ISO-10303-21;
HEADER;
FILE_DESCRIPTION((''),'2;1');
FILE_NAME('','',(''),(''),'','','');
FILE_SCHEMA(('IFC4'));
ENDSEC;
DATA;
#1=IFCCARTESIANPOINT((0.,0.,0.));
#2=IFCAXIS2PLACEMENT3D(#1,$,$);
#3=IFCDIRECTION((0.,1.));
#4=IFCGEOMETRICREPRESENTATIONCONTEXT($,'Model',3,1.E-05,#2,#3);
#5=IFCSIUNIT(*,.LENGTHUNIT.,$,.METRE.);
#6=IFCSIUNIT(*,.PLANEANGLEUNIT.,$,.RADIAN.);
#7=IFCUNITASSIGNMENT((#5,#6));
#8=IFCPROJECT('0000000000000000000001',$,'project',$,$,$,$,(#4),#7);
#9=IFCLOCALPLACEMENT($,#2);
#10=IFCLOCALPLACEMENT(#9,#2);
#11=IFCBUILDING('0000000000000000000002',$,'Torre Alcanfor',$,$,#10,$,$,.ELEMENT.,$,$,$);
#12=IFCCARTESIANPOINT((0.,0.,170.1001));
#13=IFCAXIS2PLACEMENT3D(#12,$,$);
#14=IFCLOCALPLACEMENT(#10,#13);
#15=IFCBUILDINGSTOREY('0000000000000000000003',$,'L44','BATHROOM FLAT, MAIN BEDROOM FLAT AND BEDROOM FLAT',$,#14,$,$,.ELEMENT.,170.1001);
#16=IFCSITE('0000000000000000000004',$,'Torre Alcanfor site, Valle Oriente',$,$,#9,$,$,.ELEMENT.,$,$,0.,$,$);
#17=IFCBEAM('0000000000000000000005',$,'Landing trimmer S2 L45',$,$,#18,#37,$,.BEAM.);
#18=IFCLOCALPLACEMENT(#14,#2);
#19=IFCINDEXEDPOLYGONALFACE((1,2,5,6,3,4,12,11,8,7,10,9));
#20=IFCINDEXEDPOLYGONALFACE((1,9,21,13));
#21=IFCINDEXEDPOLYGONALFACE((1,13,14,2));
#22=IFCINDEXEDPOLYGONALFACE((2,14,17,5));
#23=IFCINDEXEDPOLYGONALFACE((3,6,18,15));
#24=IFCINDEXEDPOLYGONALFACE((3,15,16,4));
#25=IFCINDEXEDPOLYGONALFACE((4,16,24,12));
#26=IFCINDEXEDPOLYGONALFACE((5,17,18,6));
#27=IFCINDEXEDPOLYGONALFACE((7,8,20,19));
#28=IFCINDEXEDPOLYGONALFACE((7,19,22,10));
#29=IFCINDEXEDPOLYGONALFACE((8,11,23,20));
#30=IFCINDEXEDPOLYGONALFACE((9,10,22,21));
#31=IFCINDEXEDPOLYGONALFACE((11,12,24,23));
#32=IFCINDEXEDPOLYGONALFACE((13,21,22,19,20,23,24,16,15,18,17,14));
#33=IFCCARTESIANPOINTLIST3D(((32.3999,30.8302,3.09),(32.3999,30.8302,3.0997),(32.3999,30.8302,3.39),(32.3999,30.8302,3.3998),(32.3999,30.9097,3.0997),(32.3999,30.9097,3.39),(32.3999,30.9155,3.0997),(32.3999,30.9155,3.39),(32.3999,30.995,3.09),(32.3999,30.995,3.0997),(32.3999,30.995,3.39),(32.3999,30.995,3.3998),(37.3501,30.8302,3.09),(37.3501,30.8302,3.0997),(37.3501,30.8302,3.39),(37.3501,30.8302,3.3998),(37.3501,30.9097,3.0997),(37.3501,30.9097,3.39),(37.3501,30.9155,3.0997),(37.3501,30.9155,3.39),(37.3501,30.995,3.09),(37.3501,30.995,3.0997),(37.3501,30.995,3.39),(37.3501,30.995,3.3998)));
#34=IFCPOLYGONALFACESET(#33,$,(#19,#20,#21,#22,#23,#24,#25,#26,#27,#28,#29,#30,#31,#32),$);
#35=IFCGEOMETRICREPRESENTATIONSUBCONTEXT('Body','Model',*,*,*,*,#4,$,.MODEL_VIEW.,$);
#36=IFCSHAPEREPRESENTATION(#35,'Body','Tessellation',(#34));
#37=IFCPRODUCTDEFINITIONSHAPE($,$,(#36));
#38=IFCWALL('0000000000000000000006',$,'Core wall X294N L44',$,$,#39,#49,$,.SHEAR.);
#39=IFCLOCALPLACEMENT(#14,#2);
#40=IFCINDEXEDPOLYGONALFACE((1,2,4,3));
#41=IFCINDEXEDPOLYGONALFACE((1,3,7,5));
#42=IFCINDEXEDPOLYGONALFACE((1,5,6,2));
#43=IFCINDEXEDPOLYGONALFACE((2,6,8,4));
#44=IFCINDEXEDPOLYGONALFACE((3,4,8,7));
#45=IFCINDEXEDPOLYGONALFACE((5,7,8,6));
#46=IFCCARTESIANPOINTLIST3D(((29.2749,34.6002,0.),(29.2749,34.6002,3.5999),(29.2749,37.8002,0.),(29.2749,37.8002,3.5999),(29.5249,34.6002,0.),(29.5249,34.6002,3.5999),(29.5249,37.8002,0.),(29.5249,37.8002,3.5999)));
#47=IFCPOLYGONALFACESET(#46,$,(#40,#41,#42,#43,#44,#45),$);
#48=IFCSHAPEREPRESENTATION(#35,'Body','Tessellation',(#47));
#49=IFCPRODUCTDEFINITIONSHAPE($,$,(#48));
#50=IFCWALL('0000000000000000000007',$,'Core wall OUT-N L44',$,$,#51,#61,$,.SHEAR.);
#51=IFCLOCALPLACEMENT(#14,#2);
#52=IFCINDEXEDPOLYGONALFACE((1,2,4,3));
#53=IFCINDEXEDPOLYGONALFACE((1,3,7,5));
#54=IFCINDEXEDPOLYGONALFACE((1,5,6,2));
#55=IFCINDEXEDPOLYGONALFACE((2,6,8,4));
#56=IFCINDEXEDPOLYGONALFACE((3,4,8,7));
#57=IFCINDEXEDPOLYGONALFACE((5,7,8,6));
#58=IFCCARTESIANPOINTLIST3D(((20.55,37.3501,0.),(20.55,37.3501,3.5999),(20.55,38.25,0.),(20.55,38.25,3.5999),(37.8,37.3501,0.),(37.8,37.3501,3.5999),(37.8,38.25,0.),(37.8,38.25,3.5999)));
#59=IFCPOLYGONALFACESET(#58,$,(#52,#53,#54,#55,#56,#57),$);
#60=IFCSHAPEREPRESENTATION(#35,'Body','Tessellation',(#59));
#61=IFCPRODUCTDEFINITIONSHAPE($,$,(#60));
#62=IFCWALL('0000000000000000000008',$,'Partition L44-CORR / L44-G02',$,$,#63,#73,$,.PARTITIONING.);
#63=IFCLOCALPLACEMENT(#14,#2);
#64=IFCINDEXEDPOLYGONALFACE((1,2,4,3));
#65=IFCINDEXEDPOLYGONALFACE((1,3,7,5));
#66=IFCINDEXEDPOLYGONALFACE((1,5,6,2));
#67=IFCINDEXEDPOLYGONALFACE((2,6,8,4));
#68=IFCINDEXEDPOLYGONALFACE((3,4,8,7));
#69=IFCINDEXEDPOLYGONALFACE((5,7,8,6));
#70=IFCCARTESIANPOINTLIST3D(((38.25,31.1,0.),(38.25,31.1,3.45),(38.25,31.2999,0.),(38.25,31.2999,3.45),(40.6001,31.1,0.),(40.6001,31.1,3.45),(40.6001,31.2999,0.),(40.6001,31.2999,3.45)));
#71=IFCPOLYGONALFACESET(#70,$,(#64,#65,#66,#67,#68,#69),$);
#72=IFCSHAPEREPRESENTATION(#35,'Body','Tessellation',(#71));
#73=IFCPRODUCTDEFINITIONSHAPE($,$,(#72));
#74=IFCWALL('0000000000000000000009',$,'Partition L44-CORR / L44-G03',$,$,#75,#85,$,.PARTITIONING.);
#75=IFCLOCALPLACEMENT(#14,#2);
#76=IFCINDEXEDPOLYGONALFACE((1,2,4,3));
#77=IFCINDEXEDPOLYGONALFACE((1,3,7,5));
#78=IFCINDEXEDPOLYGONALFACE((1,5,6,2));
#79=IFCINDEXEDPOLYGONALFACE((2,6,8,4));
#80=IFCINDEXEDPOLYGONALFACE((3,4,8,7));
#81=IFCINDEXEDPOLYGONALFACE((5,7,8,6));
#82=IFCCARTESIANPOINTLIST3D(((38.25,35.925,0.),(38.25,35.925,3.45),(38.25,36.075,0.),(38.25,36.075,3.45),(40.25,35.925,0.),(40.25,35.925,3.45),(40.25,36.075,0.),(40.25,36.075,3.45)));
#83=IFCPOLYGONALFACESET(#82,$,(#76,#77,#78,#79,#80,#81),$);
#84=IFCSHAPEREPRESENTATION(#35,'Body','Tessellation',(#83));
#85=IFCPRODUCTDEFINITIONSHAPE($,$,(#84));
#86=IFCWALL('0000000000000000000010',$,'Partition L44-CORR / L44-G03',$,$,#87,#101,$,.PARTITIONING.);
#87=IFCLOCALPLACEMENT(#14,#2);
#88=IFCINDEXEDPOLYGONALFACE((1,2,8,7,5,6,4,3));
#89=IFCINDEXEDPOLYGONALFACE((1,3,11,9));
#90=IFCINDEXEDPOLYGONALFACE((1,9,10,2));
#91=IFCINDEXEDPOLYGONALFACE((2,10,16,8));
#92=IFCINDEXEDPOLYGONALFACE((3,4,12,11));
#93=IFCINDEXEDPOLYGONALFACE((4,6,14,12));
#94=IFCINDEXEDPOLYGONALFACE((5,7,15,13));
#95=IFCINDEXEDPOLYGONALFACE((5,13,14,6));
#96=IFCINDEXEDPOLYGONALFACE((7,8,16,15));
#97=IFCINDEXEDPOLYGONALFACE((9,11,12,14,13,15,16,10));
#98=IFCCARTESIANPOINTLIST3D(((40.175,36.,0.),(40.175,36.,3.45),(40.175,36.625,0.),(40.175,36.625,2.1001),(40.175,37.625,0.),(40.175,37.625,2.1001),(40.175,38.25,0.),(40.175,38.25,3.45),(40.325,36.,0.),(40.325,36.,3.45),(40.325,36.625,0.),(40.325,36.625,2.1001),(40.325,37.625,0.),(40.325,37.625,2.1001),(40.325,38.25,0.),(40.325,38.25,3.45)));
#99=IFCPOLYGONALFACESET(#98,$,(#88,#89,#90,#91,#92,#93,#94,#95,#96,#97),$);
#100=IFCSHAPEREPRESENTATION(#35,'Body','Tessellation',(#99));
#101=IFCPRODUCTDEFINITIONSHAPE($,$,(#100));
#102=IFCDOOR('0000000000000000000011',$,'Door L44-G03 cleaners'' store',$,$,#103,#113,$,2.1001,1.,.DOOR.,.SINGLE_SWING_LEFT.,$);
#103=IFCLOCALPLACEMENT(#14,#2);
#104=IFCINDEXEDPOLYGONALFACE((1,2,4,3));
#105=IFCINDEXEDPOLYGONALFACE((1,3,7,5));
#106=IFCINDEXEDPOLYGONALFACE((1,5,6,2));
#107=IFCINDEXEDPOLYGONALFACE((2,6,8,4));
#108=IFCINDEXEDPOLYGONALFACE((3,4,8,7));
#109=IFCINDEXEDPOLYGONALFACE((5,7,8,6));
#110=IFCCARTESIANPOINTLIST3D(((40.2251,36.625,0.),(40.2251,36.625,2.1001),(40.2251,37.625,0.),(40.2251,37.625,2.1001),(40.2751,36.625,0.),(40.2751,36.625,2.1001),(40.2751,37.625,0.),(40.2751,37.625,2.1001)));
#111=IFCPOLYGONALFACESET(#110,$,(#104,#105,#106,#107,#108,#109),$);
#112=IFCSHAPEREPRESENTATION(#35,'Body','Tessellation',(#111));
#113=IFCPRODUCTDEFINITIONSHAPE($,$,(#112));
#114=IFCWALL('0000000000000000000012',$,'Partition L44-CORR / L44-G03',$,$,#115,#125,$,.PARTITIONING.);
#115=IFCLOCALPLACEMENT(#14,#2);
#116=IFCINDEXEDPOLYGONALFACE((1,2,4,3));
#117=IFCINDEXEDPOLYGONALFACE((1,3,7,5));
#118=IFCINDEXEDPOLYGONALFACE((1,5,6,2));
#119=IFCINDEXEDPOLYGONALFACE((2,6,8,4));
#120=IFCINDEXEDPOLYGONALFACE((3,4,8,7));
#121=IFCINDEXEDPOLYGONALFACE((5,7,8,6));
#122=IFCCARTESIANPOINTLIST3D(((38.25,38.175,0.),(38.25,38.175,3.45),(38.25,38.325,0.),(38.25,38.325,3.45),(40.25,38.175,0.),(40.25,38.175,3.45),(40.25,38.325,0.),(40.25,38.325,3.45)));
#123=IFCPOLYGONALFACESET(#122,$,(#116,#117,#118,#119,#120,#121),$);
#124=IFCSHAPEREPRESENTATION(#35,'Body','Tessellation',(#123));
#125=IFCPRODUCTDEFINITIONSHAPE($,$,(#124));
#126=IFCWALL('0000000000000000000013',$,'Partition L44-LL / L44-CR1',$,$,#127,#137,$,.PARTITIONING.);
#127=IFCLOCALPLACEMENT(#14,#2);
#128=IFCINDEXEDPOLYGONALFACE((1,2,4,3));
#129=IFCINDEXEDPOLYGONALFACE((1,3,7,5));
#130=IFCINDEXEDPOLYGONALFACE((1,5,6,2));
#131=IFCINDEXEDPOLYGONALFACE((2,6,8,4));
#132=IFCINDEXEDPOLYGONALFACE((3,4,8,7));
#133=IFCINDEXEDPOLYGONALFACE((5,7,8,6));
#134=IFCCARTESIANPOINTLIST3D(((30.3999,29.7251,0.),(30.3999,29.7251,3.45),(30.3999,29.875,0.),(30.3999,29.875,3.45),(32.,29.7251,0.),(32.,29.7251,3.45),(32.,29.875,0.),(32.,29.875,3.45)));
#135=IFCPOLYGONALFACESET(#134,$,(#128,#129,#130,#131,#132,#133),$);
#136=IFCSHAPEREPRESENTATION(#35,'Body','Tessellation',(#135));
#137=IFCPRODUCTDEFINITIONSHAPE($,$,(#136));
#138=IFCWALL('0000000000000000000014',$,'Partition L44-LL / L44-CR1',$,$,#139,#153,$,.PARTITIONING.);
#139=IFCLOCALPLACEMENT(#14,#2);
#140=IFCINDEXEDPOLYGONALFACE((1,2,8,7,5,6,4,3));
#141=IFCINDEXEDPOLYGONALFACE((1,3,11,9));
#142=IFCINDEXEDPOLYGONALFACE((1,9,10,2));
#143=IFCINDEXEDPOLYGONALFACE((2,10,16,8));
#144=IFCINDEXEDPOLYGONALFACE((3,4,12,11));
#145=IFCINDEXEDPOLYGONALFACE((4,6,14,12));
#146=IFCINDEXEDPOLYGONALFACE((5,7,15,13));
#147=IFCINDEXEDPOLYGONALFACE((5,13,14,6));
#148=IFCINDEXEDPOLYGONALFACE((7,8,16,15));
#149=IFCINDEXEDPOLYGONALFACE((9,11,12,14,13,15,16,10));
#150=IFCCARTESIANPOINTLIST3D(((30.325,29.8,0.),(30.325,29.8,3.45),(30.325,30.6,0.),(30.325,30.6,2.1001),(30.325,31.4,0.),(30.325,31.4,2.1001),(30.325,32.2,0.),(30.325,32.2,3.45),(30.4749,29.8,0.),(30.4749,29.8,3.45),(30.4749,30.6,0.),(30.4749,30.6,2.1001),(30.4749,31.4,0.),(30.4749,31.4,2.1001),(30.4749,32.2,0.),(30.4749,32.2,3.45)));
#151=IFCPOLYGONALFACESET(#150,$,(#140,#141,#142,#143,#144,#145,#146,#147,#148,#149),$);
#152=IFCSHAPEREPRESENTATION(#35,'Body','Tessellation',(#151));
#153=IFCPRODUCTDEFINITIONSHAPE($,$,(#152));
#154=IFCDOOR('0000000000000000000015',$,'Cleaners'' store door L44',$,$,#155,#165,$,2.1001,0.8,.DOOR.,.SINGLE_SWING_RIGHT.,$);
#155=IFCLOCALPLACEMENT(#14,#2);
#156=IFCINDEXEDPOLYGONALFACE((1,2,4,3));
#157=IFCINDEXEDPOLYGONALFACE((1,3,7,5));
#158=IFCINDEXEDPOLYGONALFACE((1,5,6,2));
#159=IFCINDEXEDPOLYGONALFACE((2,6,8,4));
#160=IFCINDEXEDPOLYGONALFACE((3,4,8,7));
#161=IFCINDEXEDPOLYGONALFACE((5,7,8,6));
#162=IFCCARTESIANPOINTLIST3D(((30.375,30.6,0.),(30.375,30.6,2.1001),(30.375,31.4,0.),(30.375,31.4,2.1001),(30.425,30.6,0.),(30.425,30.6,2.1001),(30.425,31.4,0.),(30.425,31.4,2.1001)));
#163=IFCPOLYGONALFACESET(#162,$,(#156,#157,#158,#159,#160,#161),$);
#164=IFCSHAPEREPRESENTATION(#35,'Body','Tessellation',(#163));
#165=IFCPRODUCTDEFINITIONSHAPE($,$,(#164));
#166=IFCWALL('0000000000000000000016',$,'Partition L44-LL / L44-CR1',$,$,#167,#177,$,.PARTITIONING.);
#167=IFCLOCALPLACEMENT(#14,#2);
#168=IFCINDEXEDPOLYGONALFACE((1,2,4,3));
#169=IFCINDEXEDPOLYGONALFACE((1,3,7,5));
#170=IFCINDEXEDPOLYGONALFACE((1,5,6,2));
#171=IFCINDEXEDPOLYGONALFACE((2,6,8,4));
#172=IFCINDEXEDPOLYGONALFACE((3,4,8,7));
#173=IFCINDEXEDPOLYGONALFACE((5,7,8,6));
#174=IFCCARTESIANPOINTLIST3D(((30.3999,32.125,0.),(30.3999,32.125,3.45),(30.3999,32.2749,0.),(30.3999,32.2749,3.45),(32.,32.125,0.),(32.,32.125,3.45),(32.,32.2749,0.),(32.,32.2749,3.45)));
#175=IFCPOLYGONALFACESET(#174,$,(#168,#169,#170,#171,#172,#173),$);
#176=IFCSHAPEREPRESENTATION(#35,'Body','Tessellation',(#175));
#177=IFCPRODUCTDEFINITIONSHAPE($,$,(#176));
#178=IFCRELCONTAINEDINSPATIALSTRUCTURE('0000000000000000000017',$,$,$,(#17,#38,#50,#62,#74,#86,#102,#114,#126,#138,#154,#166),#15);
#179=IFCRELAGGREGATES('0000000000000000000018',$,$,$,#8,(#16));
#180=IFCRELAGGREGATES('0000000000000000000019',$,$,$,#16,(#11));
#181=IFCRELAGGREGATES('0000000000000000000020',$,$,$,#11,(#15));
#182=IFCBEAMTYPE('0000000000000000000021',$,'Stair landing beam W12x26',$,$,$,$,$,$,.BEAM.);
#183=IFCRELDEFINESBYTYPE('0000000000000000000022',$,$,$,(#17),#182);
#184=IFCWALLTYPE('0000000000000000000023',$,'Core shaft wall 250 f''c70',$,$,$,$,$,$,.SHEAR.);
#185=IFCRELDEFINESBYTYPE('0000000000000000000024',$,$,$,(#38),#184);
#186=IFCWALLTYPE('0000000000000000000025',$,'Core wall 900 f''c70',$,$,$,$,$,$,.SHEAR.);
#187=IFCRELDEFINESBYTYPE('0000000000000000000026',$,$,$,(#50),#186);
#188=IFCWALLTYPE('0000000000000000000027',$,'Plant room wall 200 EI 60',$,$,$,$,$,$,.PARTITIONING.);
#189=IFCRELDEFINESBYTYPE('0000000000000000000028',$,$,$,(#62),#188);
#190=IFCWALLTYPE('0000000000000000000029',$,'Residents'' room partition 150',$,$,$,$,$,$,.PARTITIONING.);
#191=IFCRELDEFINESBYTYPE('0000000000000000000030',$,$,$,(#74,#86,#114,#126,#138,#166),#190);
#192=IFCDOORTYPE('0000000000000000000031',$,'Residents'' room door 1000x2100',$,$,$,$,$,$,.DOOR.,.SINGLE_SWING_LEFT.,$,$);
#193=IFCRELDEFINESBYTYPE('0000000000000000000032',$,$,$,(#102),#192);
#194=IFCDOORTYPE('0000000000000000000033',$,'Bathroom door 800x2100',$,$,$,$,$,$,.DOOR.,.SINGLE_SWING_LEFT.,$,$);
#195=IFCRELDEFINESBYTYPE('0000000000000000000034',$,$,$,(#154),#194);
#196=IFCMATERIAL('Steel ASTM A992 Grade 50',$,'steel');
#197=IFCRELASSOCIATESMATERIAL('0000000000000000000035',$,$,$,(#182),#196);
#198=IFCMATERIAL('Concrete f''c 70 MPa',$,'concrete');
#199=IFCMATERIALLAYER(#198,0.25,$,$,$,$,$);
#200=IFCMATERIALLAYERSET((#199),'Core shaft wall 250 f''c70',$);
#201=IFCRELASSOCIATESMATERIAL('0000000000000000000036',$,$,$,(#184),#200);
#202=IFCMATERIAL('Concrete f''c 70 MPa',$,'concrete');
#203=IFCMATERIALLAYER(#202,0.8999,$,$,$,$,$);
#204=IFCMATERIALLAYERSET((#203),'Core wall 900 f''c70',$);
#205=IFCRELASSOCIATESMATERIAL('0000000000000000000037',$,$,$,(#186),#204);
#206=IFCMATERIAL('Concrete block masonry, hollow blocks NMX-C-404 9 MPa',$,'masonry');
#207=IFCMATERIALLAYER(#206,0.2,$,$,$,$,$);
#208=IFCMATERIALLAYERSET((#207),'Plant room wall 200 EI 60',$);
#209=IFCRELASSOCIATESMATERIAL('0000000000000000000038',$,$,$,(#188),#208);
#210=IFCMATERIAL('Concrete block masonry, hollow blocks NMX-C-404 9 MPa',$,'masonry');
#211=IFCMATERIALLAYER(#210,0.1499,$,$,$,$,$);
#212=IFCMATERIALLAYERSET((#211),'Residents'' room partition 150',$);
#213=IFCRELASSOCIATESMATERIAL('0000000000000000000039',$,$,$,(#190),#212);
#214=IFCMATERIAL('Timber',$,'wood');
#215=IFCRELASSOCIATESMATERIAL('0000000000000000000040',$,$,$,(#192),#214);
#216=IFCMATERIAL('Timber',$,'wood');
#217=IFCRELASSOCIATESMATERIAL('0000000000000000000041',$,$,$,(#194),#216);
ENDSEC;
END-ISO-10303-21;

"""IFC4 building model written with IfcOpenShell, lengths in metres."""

from ifc_helpers import new_model, si_unit, direction, frame, frame_2d, origin, origin_2d, place, context, subcontext, project, spatial, rectangle, i_section, extrude, material, layer, layer_set, material_profile, profile_set, type_object, element, fill, save


model = new_model("IFC4")

# Units and contexts
model_context = context("Model", 3, precision=1e-05, world=origin(), true_north=direction((0.0, 1.0)))
body_context = subcontext(model_context, "Body", "Model", "MODEL_VIEW")
ifc_project = project(units=[si_unit("LENGTHUNIT", "METRE"), si_unit("PLANEANGLEUNIT", "RADIAN")], contexts=[model_context])

# Site, building, storey
site_placement = place(None, origin())
site = spatial("IfcSite", under=ifc_project, at=site_placement, Name="Torre Alcanfor site, Valle Oriente", CompositionType="ELEMENT", RefElevation=0.0)
building_placement = place(site_placement, origin())
building = spatial("IfcBuilding", under=site, at=building_placement, Name="Torre Alcanfor", CompositionType="ELEMENT")
storey_placement = place(building_placement, frame((0.0, 0.0, 170.1001)))
storey = spatial("IfcBuildingStorey", under=building, at=storey_placement, Name="L44", Description="BATHROOM FLAT, MAIN BEDROOM FLAT AND BEDROOM FLAT", CompositionType="ELEMENT", Elevation=170.1001)

# Beam
ifc_material_1 = material(Name="Steel ASTM A992 Grade 50", Category="steel")
ifc_material_profile_1 = material_profile(ifc_material_1, i_section(OverallWidth=0.1648, OverallDepth=0.3098, WebThickness=0.0059, FlangeThickness=0.0098, at=origin_2d()), Name="W12x26")
ifc_profile_set_1 = profile_set([ifc_material_profile_1], Name="Steel ASTM A992 Grade 50")
beam_type_1 = type_object("IfcBeamType", Name="Stair landing beam W12x26", PredefinedType="BEAM", material=ifc_profile_set_1)
beam_1_placement = place(storey_placement, frame((32.3999, 30.9126, 3.2449), z_axis=(1.0, 0.0, 0.0), x_axis=(0.0, 1.0, 0.0)))
element("IfcBeam", 1, at=beam_1_placement, inside=storey, type_object=beam_type_1, Name="Landing trimmer S2 L45", PredefinedType="BEAM", context=body_context, shape_type="SweptSolid", body=[
    extrude(i_section(OverallWidth=0.1648, OverallDepth=0.3098, WebThickness=0.0059, FlangeThickness=0.0098, at=origin_2d()), origin(), (0.0, 0.0, 1.0), 4.9502),
])

# Walls
ifc_material_2 = material(Name="Concrete f'c 70 MPa", Category="concrete")
ifc_layer_1 = layer(ifc_material_2, 0.25)
ifc_layer_set_1 = layer_set([ifc_layer_1], Name="Core shaft wall 250 f'c70")
wall_type_1 = type_object("IfcWallType", Name="Core shaft wall 250 f'c70", PredefinedType="SHEAR", material=ifc_layer_set_1)
wall_1_placement = place(storey_placement, frame((29.3999, 34.6001, 0.0), z_axis=(0.0, 0.0, 1.0), x_axis=(0.0, 1.0, 0.0)))
element("IfcWall", 2, at=wall_1_placement, inside=storey, type_object=wall_type_1, Name="Core wall X294N L44", PredefinedType="SHEAR", context=body_context, shape_type="SweptSolid", body=[
    extrude(rectangle(XDim=3.2, YDim=0.25, at=frame_2d((1.6001, 0.0))), origin(), (0.0, 0.0, 1.0), 3.5999),
])
ifc_material_3 = material(Name="Concrete f'c 70 MPa", Category="concrete")
ifc_layer_2 = layer(ifc_material_3, 0.8999)
ifc_layer_set_2 = layer_set([ifc_layer_2], Name="Core wall 900 f'c70")
wall_type_2 = type_object("IfcWallType", Name="Core wall 900 f'c70", PredefinedType="SHEAR", material=ifc_layer_set_2)
wall_2_placement = place(storey_placement, frame((37.8, 37.8, 0.0), z_axis=(0.0, 0.0, 1.0), x_axis=(-1.0, 0.0, 0.0)))
element("IfcWall", 3, at=wall_2_placement, inside=storey, type_object=wall_type_2, Name="Core wall OUT-N L44", PredefinedType="SHEAR", context=body_context, shape_type="SweptSolid", body=[
    extrude(rectangle(XDim=17.25, YDim=0.8999, at=frame_2d((8.625, 0.0))), origin(), (0.0, 0.0, 1.0), 3.5999),
])
ifc_material_4 = material(Name="Concrete block masonry, hollow blocks NMX-C-404 9 MPa", Category="masonry")
ifc_layer_3 = layer(ifc_material_4, 0.2)
ifc_layer_set_3 = layer_set([ifc_layer_3], Name="Plant room wall 200 EI 60")
wall_type_3 = type_object("IfcWallType", Name="Plant room wall 200 EI 60", PredefinedType="PARTITIONING", material=ifc_layer_set_3)
wall_3_placement = place(storey_placement, frame((40.6001, 31.2, 0.0), z_axis=(0.0, 0.0, 1.0), x_axis=(-1.0, 0.0, 0.0)))
element("IfcWall", 4, at=wall_3_placement, inside=storey, type_object=wall_type_3, Name="Partition L44-CORR / L44-G02", PredefinedType="PARTITIONING", context=body_context, shape_type="SweptSolid", body=[
    extrude(rectangle(XDim=2.3501, YDim=0.2, at=frame_2d((1.175, 0.0))), origin(), (0.0, 0.0, 1.0), 3.45),
])
ifc_material_5 = material(Name="Concrete block masonry, hollow blocks NMX-C-404 9 MPa", Category="masonry")
ifc_layer_4 = layer(ifc_material_5, 0.1499)
ifc_layer_set_4 = layer_set([ifc_layer_4], Name="Residents' room partition 150")
wall_type_4 = type_object("IfcWallType", Name="Residents' room partition 150", PredefinedType="PARTITIONING", material=ifc_layer_set_4)
wall_4_placement = place(storey_placement, frame((38.25, 36.0, 0.0), z_axis=(0.0, 0.0, 1.0), x_axis=(1.0, 0.0, 0.0)))
element("IfcWall", 5, at=wall_4_placement, inside=storey, type_object=wall_type_4, Name="Partition L44-CORR / L44-G03", PredefinedType="PARTITIONING", context=body_context, shape_type="SweptSolid", body=[
    extrude(rectangle(XDim=2.0, YDim=0.1499, at=frame_2d((1.0, 0.0))), origin(), (0.0, 0.0, 1.0), 3.45),
])

# Wall, opening, door
wall_5_placement = place(storey_placement, frame((40.25, 36.0, 0.0), z_axis=(0.0, 0.0, 1.0), x_axis=(0.0, 1.0, 0.0)))
wall_5 = element("IfcWall", 6, at=wall_5_placement, inside=storey, type_object=wall_type_4, Name="Partition L44-CORR / L44-G03", PredefinedType="PARTITIONING", context=body_context, shape_type="SweptSolid", body=[
    extrude(rectangle(XDim=2.25, YDim=0.1499, at=frame_2d((1.125, 0.0))), origin(), (0.0, 0.0, 1.0), 3.45),
])
opening_1_placement = place(wall_5_placement, frame((0.625, 0.0, 0.0)))
opening_1 = element("IfcOpeningElement", 7, at=opening_1_placement, cuts=wall_5, PredefinedType="OPENING", context=body_context, shape_type="SweptSolid", body=[
    extrude(rectangle(XDim=1.0, YDim=2.1001, at=frame_2d((0.5, 1.05))), frame((0.0, 0.085, 0.0), z_axis=(0.0, -1.0, 0.0), x_axis=(1.0, 0.0, 0.0)), (0.0, 0.0, 1.0), 0.1699),
])
ifc_material_6 = material(Name="Timber", Category="wood")
door_type_1 = type_object("IfcDoorType", Name="Residents' room door 1000x2100", OperationType="SINGLE_SWING_LEFT", PredefinedType="DOOR", material=ifc_material_6)
door_1_placement = place(opening_1_placement, origin())
door_1 = element("IfcDoor", 8, at=door_1_placement, inside=storey, type_object=door_type_1, Name="Door L44-G03 cleaners' store", OperationType="SINGLE_SWING_LEFT", OverallHeight=2.1001, OverallWidth=1.0, PredefinedType="DOOR", context=body_context, shape_type="SweptSolid", body=[
    extrude(rectangle(XDim=1.0, YDim=2.1001, at=frame_2d((0.5, 1.05))), frame((0.0, 0.0249, 0.0), z_axis=(0.0, -1.0, 0.0), x_axis=(1.0, 0.0, 0.0)), (0.0, 0.0, 1.0), 0.05),
])
fill(opening_1, door_1)

# Walls
wall_6_placement = place(storey_placement, frame((40.25, 38.25, 0.0), z_axis=(0.0, 0.0, 1.0), x_axis=(-1.0, 0.0, 0.0)))
element("IfcWall", 9, at=wall_6_placement, inside=storey, type_object=wall_type_4, Name="Partition L44-CORR / L44-G03", PredefinedType="PARTITIONING", context=body_context, shape_type="SweptSolid", body=[
    extrude(rectangle(XDim=2.0, YDim=0.1499, at=frame_2d((1.0, 0.0))), origin(), (0.0, 0.0, 1.0), 3.45),
])
wall_7_placement = place(storey_placement, frame((32.0, 29.8, 0.0), z_axis=(0.0, 0.0, 1.0), x_axis=(-1.0, 0.0, 0.0)))
element("IfcWall", 10, at=wall_7_placement, inside=storey, type_object=wall_type_4, Name="Partition L44-LL / L44-CR1", PredefinedType="PARTITIONING", context=body_context, shape_type="SweptSolid", body=[
    extrude(rectangle(XDim=1.6001, YDim=0.1499, at=frame_2d((0.8, 0.0))), origin(), (0.0, 0.0, 1.0), 3.45),
])

# Wall, opening, door
wall_8_placement = place(storey_placement, frame((30.3999, 29.8, 0.0), z_axis=(0.0, 0.0, 1.0), x_axis=(0.0, 1.0, 0.0)))
wall_8 = element("IfcWall", 11, at=wall_8_placement, inside=storey, type_object=wall_type_4, Name="Partition L44-LL / L44-CR1", PredefinedType="PARTITIONING", context=body_context, shape_type="SweptSolid", body=[
    extrude(rectangle(XDim=2.3999, YDim=0.1499, at=frame_2d((1.2, 0.0))), origin(), (0.0, 0.0, 1.0), 3.45),
])
opening_2_placement = place(wall_8_placement, frame((0.8, 0.0, 0.0)))
opening_2 = element("IfcOpeningElement", 12, at=opening_2_placement, cuts=wall_8, PredefinedType="OPENING", context=body_context, shape_type="SweptSolid", body=[
    extrude(rectangle(XDim=0.8, YDim=2.1001, at=frame_2d((0.3999, 1.05))), frame((0.0, 0.085, 0.0), z_axis=(0.0, -1.0, 0.0), x_axis=(1.0, 0.0, 0.0)), (0.0, 0.0, 1.0), 0.1699),
])
ifc_material_7 = material(Name="Timber", Category="wood")
door_type_2 = type_object("IfcDoorType", Name="Bathroom door 800x2100", OperationType="SINGLE_SWING_LEFT", PredefinedType="DOOR", material=ifc_material_7)
door_2_placement = place(opening_2_placement, frame((0.8, 0.0, 0.0), z_axis=(0.0, 0.0, 1.0), x_axis=(-1.0, 0.0, 0.0)))
door_2 = element("IfcDoor", 13, at=door_2_placement, inside=storey, type_object=door_type_2, Name="Cleaners' store door L44", OperationType="SINGLE_SWING_RIGHT", OverallHeight=2.1001, OverallWidth=0.8, PredefinedType="DOOR", context=body_context, shape_type="SweptSolid", body=[
    extrude(rectangle(XDim=0.8, YDim=2.1001, at=frame_2d((0.4001, 1.05))), frame((0.0, 0.0251, 0.0), z_axis=(0.0, -1.0, 0.0), x_axis=(1.0, 0.0, 0.0)), (0.0, 0.0, 1.0), 0.05),
])
fill(opening_2, door_2)

# Wall
wall_9_placement = place(storey_placement, frame((30.3999, 32.2, 0.0), z_axis=(0.0, 0.0, 1.0), x_axis=(1.0, 0.0, 0.0)))
element("IfcWall", 14, at=wall_9_placement, inside=storey, type_object=wall_type_4, Name="Partition L44-LL / L44-CR1", PredefinedType="PARTITIONING", context=body_context, shape_type="SweptSolid", body=[
    extrude(rectangle(XDim=1.6001, YDim=0.1499, at=frame_2d((0.8, 0.0))), origin(), (0.0, 0.0, 1.0), 3.45),
])

save(model, "model.ifc")
